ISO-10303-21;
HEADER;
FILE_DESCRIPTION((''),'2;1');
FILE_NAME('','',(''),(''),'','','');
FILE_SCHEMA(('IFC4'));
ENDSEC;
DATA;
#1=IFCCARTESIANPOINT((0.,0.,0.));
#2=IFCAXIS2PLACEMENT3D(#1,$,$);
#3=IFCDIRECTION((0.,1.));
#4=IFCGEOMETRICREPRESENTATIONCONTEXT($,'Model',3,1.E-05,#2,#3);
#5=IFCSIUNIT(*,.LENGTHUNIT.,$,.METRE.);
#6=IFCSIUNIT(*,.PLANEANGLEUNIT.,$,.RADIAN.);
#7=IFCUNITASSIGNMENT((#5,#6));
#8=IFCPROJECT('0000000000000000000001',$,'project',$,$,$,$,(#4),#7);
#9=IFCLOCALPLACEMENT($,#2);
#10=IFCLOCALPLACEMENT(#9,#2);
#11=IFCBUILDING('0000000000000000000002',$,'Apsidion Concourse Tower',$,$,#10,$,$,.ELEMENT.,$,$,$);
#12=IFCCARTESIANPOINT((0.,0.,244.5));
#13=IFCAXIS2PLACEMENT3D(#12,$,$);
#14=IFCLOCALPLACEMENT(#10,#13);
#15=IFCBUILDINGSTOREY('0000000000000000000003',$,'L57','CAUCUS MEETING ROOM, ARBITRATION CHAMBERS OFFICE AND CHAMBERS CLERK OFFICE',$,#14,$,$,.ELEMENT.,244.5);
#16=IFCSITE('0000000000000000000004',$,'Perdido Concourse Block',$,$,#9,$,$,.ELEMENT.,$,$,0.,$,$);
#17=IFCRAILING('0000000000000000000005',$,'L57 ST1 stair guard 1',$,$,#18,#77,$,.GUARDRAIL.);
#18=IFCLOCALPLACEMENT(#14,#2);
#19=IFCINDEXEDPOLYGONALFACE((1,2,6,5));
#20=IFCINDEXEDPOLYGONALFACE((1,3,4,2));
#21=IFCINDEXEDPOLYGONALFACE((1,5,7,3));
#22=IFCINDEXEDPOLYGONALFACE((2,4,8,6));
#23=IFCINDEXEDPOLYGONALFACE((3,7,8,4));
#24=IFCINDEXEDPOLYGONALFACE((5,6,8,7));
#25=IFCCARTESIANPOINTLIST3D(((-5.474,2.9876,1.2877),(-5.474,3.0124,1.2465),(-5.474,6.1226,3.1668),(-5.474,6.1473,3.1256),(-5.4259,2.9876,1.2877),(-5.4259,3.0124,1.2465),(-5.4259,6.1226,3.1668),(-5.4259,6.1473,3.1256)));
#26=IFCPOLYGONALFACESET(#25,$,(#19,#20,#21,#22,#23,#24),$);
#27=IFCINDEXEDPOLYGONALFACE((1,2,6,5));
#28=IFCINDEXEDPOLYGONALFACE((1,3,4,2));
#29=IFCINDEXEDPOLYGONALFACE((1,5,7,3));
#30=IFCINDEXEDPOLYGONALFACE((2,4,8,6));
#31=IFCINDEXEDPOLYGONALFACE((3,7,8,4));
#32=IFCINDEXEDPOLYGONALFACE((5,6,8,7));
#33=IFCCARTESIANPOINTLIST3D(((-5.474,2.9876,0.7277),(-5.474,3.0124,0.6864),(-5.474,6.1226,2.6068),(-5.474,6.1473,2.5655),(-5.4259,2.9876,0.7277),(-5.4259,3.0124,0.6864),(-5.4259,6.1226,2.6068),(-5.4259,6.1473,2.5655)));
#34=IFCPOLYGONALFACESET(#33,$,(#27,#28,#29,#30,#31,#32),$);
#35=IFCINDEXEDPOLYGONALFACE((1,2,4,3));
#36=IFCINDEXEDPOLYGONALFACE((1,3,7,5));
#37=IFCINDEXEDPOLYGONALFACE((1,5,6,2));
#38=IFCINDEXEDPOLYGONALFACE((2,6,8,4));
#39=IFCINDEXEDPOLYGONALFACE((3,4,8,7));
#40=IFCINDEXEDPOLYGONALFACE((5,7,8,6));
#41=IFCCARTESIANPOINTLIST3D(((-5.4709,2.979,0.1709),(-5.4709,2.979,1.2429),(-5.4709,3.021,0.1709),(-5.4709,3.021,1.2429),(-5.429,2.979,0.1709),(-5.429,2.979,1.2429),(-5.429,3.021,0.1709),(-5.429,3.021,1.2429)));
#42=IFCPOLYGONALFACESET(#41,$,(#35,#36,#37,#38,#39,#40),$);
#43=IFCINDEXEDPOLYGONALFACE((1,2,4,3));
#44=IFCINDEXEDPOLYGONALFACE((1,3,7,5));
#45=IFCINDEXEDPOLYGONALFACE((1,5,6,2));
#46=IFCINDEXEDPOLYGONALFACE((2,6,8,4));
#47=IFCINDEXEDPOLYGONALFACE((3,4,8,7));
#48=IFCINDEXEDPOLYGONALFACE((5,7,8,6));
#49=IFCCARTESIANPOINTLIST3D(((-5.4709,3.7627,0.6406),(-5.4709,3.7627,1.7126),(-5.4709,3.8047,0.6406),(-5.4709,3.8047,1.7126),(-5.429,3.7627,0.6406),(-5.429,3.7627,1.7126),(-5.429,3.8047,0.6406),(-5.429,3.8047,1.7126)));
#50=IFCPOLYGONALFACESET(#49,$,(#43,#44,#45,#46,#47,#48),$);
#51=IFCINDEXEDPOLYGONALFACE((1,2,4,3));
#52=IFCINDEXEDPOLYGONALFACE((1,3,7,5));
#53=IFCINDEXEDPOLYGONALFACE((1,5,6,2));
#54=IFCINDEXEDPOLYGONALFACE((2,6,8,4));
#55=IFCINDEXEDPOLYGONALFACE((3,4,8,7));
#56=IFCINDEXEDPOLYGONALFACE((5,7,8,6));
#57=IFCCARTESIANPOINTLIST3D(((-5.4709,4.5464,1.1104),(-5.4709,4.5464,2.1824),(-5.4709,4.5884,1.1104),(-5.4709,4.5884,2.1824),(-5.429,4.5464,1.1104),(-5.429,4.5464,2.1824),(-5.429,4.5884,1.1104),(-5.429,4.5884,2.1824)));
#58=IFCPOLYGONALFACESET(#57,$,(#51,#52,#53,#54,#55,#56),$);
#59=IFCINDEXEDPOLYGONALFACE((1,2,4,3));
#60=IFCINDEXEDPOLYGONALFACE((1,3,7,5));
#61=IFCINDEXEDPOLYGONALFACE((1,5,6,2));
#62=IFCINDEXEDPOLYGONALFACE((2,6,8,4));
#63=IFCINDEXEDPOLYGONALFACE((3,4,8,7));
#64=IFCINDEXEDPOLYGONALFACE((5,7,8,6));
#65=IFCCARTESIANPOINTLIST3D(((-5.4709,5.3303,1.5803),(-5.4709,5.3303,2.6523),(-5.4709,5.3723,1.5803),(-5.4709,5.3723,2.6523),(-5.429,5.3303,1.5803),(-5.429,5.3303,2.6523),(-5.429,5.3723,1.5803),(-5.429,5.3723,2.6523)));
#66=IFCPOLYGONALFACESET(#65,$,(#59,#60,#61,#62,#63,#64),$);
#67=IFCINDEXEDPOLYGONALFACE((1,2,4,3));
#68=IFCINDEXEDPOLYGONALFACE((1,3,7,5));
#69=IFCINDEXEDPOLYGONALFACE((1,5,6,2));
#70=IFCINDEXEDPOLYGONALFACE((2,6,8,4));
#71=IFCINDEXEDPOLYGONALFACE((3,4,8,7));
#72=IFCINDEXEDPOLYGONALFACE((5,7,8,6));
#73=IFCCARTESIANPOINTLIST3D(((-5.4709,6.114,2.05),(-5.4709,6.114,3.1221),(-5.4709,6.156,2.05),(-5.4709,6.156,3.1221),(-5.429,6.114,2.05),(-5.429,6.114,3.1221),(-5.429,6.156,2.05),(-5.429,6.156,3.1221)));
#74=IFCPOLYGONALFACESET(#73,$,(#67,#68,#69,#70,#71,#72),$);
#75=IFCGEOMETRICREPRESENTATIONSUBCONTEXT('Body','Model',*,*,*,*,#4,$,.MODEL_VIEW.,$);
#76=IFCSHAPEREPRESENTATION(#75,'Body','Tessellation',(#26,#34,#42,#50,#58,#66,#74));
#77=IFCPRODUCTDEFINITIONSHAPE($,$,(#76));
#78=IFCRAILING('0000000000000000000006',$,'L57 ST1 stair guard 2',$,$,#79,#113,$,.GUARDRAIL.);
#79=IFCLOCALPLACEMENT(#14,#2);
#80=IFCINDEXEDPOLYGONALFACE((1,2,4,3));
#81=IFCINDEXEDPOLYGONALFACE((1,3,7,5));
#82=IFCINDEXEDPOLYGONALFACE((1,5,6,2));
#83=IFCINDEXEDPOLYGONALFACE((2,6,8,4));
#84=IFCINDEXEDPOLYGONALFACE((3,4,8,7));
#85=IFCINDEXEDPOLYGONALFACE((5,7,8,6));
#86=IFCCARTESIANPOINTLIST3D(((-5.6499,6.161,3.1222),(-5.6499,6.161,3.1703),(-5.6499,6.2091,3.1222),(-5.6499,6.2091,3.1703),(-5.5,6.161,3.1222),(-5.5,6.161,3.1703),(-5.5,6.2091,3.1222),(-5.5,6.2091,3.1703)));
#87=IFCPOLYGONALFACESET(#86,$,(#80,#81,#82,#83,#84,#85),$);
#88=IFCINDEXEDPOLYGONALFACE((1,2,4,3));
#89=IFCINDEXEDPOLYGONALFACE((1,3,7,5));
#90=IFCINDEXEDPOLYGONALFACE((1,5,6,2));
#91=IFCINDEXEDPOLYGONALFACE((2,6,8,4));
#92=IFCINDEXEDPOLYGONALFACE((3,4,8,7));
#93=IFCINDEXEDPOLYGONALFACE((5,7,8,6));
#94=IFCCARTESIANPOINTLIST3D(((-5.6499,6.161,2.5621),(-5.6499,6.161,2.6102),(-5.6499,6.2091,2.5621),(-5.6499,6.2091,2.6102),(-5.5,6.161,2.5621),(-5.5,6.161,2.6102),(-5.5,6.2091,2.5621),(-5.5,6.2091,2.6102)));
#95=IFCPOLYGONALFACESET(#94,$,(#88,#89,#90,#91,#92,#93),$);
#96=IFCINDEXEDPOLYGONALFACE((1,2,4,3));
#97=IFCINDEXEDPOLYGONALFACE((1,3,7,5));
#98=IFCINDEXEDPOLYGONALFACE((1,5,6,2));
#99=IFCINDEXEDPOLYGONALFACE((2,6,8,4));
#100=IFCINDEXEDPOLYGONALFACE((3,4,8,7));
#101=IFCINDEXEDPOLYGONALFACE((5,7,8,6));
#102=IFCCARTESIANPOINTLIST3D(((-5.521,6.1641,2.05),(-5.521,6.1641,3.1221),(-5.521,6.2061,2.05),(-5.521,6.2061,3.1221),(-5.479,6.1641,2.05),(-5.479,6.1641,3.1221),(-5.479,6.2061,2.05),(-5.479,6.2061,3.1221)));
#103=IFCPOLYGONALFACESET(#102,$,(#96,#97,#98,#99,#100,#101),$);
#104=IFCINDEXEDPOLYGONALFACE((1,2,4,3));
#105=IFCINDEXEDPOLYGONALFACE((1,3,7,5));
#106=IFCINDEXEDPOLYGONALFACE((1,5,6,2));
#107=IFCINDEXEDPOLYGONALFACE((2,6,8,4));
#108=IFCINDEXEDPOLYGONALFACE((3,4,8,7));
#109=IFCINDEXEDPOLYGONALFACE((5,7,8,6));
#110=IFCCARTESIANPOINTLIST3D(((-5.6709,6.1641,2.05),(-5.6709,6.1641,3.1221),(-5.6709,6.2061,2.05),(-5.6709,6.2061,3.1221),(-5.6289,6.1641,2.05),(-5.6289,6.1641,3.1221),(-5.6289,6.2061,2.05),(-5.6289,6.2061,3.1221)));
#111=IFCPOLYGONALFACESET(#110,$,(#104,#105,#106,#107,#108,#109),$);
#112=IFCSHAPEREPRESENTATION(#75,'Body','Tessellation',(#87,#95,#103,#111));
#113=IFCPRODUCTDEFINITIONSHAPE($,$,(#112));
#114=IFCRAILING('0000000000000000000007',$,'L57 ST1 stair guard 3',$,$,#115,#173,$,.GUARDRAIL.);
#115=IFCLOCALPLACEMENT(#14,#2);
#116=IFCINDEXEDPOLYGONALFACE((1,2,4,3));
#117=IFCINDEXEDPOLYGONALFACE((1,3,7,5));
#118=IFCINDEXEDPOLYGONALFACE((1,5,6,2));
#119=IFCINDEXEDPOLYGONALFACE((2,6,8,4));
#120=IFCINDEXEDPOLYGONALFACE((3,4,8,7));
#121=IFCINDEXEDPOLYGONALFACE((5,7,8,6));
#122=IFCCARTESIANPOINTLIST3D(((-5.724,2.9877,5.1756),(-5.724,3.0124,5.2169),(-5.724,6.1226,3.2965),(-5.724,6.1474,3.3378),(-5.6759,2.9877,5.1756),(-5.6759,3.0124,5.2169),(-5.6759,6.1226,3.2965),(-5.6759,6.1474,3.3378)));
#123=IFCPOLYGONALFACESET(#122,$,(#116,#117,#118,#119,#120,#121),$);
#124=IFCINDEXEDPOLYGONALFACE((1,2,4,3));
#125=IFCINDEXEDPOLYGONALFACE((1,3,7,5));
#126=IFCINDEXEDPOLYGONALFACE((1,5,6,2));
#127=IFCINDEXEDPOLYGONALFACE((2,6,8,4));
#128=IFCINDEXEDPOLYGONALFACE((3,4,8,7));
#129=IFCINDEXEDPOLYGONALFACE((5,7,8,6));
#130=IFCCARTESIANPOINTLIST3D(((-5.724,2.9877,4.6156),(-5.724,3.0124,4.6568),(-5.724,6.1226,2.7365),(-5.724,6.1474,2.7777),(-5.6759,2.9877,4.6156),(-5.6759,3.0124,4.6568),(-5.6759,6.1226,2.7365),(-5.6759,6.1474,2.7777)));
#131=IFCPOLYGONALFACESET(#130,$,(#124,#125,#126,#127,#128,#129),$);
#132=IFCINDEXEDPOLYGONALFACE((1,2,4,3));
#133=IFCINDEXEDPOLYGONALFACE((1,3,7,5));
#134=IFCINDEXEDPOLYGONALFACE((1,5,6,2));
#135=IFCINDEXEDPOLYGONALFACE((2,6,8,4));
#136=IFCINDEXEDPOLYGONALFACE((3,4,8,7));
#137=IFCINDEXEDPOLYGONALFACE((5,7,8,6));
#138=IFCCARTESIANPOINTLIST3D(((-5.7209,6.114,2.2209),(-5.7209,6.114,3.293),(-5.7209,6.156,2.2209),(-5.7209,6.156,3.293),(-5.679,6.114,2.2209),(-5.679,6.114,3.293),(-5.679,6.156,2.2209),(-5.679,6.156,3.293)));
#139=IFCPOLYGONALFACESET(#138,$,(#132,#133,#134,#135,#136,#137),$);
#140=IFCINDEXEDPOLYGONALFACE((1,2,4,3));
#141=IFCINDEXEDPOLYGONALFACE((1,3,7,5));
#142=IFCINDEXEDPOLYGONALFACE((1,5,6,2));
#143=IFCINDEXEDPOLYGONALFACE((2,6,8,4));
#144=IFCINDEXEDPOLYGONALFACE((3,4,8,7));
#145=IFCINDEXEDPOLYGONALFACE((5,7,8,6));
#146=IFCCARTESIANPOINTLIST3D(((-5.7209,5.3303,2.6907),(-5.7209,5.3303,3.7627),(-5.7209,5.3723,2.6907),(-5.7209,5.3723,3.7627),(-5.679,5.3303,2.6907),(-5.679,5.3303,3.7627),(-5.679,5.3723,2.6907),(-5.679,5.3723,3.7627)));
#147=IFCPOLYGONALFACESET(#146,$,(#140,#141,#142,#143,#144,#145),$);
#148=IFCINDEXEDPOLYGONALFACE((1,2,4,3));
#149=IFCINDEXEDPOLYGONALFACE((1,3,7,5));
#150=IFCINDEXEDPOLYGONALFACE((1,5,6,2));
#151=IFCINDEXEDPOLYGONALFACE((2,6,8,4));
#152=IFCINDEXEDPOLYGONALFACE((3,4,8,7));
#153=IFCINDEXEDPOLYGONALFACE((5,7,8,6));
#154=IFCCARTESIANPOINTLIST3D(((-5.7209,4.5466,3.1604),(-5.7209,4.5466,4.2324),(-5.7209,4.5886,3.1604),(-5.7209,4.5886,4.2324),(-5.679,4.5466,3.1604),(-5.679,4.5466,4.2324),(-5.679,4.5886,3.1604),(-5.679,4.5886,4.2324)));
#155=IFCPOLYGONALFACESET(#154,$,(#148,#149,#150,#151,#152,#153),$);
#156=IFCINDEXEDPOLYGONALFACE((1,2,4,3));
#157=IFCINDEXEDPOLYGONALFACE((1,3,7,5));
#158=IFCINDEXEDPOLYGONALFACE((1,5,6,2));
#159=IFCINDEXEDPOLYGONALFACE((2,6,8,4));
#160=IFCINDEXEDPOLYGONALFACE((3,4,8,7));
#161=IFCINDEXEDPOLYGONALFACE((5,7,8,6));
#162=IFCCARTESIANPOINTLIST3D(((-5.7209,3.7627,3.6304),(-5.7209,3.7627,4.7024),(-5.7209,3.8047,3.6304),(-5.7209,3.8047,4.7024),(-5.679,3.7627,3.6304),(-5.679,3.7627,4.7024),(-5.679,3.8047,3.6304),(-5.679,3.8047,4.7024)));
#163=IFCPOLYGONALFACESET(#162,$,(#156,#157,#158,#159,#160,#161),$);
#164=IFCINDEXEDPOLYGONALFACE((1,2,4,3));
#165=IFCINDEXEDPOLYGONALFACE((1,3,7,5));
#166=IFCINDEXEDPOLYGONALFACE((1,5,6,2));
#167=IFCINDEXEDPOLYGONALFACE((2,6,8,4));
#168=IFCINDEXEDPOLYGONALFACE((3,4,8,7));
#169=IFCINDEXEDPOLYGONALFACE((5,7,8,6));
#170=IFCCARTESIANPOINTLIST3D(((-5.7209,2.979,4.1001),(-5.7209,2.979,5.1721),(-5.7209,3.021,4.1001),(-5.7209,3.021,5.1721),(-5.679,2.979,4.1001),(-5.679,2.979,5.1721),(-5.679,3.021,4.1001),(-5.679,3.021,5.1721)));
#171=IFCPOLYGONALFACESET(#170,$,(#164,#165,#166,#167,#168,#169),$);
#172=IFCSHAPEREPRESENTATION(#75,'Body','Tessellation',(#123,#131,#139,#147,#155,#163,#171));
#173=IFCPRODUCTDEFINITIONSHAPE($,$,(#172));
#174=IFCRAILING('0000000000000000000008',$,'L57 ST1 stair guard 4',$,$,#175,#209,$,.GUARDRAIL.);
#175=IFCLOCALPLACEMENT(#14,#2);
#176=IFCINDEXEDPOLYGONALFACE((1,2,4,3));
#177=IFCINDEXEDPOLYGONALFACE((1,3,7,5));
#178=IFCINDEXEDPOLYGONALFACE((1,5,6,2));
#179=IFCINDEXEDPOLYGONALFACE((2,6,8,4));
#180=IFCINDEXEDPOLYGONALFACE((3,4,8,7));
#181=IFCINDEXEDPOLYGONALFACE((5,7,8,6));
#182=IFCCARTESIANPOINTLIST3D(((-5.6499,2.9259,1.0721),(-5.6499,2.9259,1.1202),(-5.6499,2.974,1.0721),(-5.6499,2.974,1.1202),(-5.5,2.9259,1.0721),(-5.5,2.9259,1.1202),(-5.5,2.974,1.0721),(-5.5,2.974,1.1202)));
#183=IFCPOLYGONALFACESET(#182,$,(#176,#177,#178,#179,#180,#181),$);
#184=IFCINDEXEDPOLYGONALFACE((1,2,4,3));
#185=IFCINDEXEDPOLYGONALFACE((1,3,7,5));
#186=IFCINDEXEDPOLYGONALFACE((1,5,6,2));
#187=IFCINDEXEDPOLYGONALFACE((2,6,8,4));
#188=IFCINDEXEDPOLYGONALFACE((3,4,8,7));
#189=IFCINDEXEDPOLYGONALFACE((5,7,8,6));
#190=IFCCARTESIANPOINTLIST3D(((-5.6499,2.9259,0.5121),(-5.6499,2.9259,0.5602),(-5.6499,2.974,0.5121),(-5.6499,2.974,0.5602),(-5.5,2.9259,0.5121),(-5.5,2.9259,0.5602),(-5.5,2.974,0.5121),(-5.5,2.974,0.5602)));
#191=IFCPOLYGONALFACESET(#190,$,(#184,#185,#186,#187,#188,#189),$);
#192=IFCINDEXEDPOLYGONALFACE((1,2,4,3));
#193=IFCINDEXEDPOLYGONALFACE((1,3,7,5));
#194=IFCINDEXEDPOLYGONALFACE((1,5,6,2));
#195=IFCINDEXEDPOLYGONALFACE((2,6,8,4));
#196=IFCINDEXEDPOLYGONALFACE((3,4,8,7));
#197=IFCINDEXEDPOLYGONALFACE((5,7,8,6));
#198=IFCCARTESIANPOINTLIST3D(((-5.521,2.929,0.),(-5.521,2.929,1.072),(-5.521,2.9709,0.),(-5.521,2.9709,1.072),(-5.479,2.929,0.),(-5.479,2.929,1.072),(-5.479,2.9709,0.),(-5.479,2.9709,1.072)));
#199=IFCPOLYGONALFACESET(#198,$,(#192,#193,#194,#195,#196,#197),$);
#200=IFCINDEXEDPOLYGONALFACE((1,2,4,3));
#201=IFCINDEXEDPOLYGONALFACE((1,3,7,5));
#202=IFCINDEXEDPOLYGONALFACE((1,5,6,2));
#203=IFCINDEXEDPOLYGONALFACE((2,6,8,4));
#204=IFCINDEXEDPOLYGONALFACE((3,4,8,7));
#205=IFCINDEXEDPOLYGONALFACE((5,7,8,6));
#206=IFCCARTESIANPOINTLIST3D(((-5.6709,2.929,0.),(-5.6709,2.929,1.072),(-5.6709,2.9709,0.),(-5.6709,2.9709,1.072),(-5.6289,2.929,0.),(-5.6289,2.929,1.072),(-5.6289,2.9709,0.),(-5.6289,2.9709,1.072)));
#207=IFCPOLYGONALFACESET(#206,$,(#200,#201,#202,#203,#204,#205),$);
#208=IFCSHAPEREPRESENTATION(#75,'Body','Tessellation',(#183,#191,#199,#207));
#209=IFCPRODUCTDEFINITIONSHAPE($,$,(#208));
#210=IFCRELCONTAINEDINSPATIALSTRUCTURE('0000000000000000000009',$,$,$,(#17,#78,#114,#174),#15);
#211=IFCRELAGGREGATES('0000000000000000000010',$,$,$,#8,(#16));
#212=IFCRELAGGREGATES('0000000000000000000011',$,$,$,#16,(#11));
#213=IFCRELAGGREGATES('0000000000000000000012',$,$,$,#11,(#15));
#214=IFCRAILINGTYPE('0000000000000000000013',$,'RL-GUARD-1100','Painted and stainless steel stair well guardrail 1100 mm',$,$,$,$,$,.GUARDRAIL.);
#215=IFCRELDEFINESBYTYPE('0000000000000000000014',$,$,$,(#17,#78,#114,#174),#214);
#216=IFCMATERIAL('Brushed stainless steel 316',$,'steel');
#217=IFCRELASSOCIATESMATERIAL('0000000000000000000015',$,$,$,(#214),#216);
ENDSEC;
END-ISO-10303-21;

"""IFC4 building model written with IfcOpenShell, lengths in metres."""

from ifc_helpers import new_model, si_unit, direction, frame, origin, origin_2d, place, context, subcontext, project, spatial, rectangle, extrude, material, type_object, element, save


model = new_model("IFC4")

# Units and contexts
model_context = context("Model", 3, precision=1e-05, world=origin(), true_north=direction((0.0, 1.0)))
body_context = subcontext(model_context, "Body", "Model", "MODEL_VIEW")
ifc_project = project(units=[si_unit("LENGTHUNIT", "METRE"), si_unit("PLANEANGLEUNIT", "RADIAN")], contexts=[model_context])

# Site, building, storey
site_placement = place(None, origin())
site = spatial("IfcSite", under=ifc_project, at=site_placement, Name="Perdido Concourse Block", CompositionType="ELEMENT", RefElevation=0.0)
building_placement = place(site_placement, origin())
building = spatial("IfcBuilding", under=site, at=building_placement, Name="Apsidion Concourse Tower", CompositionType="ELEMENT")
storey_placement = place(building_placement, frame((0.0, 0.0, 244.5)))
storey = spatial("IfcBuildingStorey", under=building, at=storey_placement, Name="L57", Description="CAUCUS MEETING ROOM, ARBITRATION CHAMBERS OFFICE AND CHAMBERS CLERK OFFICE", CompositionType="ELEMENT", Elevation=244.5)

# Shared definitions
ifc_material_1 = material(Name="Brushed stainless steel 316", Category="steel")

# Railings
railing_type_1 = type_object("IfcRailingType", Name="RL-GUARD-1100", Description="Painted and stainless steel stair well guardrail 1100 mm", PredefinedType="GUARDRAIL", material=ifc_material_1)
railing_1_placement = place(storey_placement, frame((-5.45, 3.0, 0.1709)))
element("IfcRailing", 1, at=railing_1_placement, inside=storey, type_object=railing_type_1, Name="L57 ST1 stair guard 1", PredefinedType="GUARDRAIL", context=body_context, shape_type="SweptSolid", body=[
    extrude(rectangle(XDim=0.0481, YDim=0.0481, at=origin_2d()), frame((0.0, 0.0, 1.0962), z_axis=(0.0, 0.857717, 0.514122), x_axis=(-1.0, 0.0, 0.0)), (0.0, 0.0, 1.0), 3.655),
    extrude(rectangle(XDim=0.0481, YDim=0.0481, at=origin_2d()), frame((0.0, 0.0, 0.5361), z_axis=(0.0, 0.857717, 0.514122), x_axis=(-1.0, 0.0, 0.0)), (0.0, 0.0, 1.0), 3.655),
    extrude(rectangle(XDim=0.042, YDim=0.042, at=origin_2d()), origin(), (0.0, 0.0, 1.0), 1.072),
    extrude(rectangle(XDim=0.042, YDim=0.042, at=origin_2d()), frame((0.0, 0.7837, 0.4697)), (0.0, 0.0, 1.0), 1.072),
    extrude(rectangle(XDim=0.042, YDim=0.042, at=origin_2d()), frame((0.0, 1.5674, 0.9395)), (0.0, 0.0, 1.0), 1.072),
    extrude(rectangle(XDim=0.042, YDim=0.042, at=origin_2d()), frame((0.0, 2.3513, 1.4094)), (0.0, 0.0, 1.0), 1.072),
    extrude(rectangle(XDim=0.042, YDim=0.042, at=origin_2d()), frame((0.0, 3.135, 1.8792)), (0.0, 0.0, 1.0), 1.072),
])
railing_2_placement = place(storey_placement, frame((-5.5, 6.1851, 2.05)))
element("IfcRailing", 2, at=railing_2_placement, inside=storey, type_object=railing_type_1, Name="L57 ST1 stair guard 2", PredefinedType="GUARDRAIL", context=body_context, shape_type="SweptSolid", body=[
    extrude(rectangle(XDim=0.0481, YDim=0.0481, at=origin_2d()), frame((0.0, 0.0, 1.0962), z_axis=(-1.0, 0.0, 0.0), x_axis=(0.0, -1.0, 0.0)), (0.0, 0.0, 1.0), 0.1499),
    extrude(rectangle(XDim=0.0481, YDim=0.0481, at=origin_2d()), frame((0.0, 0.0, 0.5361), z_axis=(-1.0, 0.0, 0.0), x_axis=(0.0, -1.0, 0.0)), (0.0, 0.0, 1.0), 0.1499),
    extrude(rectangle(XDim=0.042, YDim=0.042, at=origin_2d()), origin(), (0.0, 0.0, 1.0), 1.072),
    extrude(rectangle(XDim=0.042, YDim=0.042, at=origin_2d()), frame((-0.1499, 0.0, 0.0)), (0.0, 0.0, 1.0), 1.072),
])
railing_3_placement = place(storey_placement, frame((-5.7, 6.135, 2.2209)))
element("IfcRailing", 3, at=railing_3_placement, inside=storey, type_object=railing_type_1, Name="L57 ST1 stair guard 3", PredefinedType="GUARDRAIL", context=body_context, shape_type="SweptSolid", body=[
    extrude(rectangle(XDim=0.0481, YDim=0.0481, at=origin_2d()), frame((0.0, 0.0, 1.0962), z_axis=(0.0, -0.857717, 0.514122), x_axis=(1.0, 0.0, 0.0)), (0.0, 0.0, 1.0), 3.655),
    extrude(rectangle(XDim=0.0481, YDim=0.0481, at=origin_2d()), frame((0.0, 0.0, 0.5361), z_axis=(0.0, -0.857717, 0.514122), x_axis=(1.0, 0.0, 0.0)), (0.0, 0.0, 1.0), 3.655),
    extrude(rectangle(XDim=0.042, YDim=0.042, at=origin_2d()), origin(), (0.0, 0.0, 1.0), 1.072),
    extrude(rectangle(XDim=0.042, YDim=0.042, at=origin_2d()), frame((0.0, -0.7837, 0.4697)), (0.0, 0.0, 1.0), 1.072),
    extrude(rectangle(XDim=0.042, YDim=0.042, at=origin_2d()), frame((0.0, -1.5674, 0.9395)), (0.0, 0.0, 1.0), 1.072),
    extrude(rectangle(XDim=0.042, YDim=0.042, at=origin_2d()), frame((0.0, -2.3513, 1.4094)), (0.0, 0.0, 1.0), 1.072),
    extrude(rectangle(XDim=0.042, YDim=0.042, at=origin_2d()), frame((0.0, -3.135, 1.8792)), (0.0, 0.0, 1.0), 1.072),
])
railing_4_placement = place(storey_placement, frame((-5.5, 2.95, 0.0)))
element("IfcRailing", 4, at=railing_4_placement, inside=storey, type_object=railing_type_1, Name="L57 ST1 stair guard 4", PredefinedType="GUARDRAIL", context=body_context, shape_type="SweptSolid", body=[
    extrude(rectangle(XDim=0.0481, YDim=0.0481, at=origin_2d()), frame((0.0, 0.0, 1.0962), z_axis=(-1.0, 0.0, 0.0), x_axis=(0.0, -1.0, 0.0)), (0.0, 0.0, 1.0), 0.1499),
    extrude(rectangle(XDim=0.0481, YDim=0.0481, at=origin_2d()), frame((0.0, 0.0, 0.5361), z_axis=(-1.0, 0.0, 0.0), x_axis=(0.0, -1.0, 0.0)), (0.0, 0.0, 1.0), 0.1499),
    extrude(rectangle(XDim=0.042, YDim=0.042, at=origin_2d()), origin(), (0.0, 0.0, 1.0), 1.072),
    extrude(rectangle(XDim=0.042, YDim=0.042, at=origin_2d()), frame((-0.1499, 0.0, 0.0)), (0.0, 0.0, 1.0), 1.072),
])

save(model, "model.ifc")
